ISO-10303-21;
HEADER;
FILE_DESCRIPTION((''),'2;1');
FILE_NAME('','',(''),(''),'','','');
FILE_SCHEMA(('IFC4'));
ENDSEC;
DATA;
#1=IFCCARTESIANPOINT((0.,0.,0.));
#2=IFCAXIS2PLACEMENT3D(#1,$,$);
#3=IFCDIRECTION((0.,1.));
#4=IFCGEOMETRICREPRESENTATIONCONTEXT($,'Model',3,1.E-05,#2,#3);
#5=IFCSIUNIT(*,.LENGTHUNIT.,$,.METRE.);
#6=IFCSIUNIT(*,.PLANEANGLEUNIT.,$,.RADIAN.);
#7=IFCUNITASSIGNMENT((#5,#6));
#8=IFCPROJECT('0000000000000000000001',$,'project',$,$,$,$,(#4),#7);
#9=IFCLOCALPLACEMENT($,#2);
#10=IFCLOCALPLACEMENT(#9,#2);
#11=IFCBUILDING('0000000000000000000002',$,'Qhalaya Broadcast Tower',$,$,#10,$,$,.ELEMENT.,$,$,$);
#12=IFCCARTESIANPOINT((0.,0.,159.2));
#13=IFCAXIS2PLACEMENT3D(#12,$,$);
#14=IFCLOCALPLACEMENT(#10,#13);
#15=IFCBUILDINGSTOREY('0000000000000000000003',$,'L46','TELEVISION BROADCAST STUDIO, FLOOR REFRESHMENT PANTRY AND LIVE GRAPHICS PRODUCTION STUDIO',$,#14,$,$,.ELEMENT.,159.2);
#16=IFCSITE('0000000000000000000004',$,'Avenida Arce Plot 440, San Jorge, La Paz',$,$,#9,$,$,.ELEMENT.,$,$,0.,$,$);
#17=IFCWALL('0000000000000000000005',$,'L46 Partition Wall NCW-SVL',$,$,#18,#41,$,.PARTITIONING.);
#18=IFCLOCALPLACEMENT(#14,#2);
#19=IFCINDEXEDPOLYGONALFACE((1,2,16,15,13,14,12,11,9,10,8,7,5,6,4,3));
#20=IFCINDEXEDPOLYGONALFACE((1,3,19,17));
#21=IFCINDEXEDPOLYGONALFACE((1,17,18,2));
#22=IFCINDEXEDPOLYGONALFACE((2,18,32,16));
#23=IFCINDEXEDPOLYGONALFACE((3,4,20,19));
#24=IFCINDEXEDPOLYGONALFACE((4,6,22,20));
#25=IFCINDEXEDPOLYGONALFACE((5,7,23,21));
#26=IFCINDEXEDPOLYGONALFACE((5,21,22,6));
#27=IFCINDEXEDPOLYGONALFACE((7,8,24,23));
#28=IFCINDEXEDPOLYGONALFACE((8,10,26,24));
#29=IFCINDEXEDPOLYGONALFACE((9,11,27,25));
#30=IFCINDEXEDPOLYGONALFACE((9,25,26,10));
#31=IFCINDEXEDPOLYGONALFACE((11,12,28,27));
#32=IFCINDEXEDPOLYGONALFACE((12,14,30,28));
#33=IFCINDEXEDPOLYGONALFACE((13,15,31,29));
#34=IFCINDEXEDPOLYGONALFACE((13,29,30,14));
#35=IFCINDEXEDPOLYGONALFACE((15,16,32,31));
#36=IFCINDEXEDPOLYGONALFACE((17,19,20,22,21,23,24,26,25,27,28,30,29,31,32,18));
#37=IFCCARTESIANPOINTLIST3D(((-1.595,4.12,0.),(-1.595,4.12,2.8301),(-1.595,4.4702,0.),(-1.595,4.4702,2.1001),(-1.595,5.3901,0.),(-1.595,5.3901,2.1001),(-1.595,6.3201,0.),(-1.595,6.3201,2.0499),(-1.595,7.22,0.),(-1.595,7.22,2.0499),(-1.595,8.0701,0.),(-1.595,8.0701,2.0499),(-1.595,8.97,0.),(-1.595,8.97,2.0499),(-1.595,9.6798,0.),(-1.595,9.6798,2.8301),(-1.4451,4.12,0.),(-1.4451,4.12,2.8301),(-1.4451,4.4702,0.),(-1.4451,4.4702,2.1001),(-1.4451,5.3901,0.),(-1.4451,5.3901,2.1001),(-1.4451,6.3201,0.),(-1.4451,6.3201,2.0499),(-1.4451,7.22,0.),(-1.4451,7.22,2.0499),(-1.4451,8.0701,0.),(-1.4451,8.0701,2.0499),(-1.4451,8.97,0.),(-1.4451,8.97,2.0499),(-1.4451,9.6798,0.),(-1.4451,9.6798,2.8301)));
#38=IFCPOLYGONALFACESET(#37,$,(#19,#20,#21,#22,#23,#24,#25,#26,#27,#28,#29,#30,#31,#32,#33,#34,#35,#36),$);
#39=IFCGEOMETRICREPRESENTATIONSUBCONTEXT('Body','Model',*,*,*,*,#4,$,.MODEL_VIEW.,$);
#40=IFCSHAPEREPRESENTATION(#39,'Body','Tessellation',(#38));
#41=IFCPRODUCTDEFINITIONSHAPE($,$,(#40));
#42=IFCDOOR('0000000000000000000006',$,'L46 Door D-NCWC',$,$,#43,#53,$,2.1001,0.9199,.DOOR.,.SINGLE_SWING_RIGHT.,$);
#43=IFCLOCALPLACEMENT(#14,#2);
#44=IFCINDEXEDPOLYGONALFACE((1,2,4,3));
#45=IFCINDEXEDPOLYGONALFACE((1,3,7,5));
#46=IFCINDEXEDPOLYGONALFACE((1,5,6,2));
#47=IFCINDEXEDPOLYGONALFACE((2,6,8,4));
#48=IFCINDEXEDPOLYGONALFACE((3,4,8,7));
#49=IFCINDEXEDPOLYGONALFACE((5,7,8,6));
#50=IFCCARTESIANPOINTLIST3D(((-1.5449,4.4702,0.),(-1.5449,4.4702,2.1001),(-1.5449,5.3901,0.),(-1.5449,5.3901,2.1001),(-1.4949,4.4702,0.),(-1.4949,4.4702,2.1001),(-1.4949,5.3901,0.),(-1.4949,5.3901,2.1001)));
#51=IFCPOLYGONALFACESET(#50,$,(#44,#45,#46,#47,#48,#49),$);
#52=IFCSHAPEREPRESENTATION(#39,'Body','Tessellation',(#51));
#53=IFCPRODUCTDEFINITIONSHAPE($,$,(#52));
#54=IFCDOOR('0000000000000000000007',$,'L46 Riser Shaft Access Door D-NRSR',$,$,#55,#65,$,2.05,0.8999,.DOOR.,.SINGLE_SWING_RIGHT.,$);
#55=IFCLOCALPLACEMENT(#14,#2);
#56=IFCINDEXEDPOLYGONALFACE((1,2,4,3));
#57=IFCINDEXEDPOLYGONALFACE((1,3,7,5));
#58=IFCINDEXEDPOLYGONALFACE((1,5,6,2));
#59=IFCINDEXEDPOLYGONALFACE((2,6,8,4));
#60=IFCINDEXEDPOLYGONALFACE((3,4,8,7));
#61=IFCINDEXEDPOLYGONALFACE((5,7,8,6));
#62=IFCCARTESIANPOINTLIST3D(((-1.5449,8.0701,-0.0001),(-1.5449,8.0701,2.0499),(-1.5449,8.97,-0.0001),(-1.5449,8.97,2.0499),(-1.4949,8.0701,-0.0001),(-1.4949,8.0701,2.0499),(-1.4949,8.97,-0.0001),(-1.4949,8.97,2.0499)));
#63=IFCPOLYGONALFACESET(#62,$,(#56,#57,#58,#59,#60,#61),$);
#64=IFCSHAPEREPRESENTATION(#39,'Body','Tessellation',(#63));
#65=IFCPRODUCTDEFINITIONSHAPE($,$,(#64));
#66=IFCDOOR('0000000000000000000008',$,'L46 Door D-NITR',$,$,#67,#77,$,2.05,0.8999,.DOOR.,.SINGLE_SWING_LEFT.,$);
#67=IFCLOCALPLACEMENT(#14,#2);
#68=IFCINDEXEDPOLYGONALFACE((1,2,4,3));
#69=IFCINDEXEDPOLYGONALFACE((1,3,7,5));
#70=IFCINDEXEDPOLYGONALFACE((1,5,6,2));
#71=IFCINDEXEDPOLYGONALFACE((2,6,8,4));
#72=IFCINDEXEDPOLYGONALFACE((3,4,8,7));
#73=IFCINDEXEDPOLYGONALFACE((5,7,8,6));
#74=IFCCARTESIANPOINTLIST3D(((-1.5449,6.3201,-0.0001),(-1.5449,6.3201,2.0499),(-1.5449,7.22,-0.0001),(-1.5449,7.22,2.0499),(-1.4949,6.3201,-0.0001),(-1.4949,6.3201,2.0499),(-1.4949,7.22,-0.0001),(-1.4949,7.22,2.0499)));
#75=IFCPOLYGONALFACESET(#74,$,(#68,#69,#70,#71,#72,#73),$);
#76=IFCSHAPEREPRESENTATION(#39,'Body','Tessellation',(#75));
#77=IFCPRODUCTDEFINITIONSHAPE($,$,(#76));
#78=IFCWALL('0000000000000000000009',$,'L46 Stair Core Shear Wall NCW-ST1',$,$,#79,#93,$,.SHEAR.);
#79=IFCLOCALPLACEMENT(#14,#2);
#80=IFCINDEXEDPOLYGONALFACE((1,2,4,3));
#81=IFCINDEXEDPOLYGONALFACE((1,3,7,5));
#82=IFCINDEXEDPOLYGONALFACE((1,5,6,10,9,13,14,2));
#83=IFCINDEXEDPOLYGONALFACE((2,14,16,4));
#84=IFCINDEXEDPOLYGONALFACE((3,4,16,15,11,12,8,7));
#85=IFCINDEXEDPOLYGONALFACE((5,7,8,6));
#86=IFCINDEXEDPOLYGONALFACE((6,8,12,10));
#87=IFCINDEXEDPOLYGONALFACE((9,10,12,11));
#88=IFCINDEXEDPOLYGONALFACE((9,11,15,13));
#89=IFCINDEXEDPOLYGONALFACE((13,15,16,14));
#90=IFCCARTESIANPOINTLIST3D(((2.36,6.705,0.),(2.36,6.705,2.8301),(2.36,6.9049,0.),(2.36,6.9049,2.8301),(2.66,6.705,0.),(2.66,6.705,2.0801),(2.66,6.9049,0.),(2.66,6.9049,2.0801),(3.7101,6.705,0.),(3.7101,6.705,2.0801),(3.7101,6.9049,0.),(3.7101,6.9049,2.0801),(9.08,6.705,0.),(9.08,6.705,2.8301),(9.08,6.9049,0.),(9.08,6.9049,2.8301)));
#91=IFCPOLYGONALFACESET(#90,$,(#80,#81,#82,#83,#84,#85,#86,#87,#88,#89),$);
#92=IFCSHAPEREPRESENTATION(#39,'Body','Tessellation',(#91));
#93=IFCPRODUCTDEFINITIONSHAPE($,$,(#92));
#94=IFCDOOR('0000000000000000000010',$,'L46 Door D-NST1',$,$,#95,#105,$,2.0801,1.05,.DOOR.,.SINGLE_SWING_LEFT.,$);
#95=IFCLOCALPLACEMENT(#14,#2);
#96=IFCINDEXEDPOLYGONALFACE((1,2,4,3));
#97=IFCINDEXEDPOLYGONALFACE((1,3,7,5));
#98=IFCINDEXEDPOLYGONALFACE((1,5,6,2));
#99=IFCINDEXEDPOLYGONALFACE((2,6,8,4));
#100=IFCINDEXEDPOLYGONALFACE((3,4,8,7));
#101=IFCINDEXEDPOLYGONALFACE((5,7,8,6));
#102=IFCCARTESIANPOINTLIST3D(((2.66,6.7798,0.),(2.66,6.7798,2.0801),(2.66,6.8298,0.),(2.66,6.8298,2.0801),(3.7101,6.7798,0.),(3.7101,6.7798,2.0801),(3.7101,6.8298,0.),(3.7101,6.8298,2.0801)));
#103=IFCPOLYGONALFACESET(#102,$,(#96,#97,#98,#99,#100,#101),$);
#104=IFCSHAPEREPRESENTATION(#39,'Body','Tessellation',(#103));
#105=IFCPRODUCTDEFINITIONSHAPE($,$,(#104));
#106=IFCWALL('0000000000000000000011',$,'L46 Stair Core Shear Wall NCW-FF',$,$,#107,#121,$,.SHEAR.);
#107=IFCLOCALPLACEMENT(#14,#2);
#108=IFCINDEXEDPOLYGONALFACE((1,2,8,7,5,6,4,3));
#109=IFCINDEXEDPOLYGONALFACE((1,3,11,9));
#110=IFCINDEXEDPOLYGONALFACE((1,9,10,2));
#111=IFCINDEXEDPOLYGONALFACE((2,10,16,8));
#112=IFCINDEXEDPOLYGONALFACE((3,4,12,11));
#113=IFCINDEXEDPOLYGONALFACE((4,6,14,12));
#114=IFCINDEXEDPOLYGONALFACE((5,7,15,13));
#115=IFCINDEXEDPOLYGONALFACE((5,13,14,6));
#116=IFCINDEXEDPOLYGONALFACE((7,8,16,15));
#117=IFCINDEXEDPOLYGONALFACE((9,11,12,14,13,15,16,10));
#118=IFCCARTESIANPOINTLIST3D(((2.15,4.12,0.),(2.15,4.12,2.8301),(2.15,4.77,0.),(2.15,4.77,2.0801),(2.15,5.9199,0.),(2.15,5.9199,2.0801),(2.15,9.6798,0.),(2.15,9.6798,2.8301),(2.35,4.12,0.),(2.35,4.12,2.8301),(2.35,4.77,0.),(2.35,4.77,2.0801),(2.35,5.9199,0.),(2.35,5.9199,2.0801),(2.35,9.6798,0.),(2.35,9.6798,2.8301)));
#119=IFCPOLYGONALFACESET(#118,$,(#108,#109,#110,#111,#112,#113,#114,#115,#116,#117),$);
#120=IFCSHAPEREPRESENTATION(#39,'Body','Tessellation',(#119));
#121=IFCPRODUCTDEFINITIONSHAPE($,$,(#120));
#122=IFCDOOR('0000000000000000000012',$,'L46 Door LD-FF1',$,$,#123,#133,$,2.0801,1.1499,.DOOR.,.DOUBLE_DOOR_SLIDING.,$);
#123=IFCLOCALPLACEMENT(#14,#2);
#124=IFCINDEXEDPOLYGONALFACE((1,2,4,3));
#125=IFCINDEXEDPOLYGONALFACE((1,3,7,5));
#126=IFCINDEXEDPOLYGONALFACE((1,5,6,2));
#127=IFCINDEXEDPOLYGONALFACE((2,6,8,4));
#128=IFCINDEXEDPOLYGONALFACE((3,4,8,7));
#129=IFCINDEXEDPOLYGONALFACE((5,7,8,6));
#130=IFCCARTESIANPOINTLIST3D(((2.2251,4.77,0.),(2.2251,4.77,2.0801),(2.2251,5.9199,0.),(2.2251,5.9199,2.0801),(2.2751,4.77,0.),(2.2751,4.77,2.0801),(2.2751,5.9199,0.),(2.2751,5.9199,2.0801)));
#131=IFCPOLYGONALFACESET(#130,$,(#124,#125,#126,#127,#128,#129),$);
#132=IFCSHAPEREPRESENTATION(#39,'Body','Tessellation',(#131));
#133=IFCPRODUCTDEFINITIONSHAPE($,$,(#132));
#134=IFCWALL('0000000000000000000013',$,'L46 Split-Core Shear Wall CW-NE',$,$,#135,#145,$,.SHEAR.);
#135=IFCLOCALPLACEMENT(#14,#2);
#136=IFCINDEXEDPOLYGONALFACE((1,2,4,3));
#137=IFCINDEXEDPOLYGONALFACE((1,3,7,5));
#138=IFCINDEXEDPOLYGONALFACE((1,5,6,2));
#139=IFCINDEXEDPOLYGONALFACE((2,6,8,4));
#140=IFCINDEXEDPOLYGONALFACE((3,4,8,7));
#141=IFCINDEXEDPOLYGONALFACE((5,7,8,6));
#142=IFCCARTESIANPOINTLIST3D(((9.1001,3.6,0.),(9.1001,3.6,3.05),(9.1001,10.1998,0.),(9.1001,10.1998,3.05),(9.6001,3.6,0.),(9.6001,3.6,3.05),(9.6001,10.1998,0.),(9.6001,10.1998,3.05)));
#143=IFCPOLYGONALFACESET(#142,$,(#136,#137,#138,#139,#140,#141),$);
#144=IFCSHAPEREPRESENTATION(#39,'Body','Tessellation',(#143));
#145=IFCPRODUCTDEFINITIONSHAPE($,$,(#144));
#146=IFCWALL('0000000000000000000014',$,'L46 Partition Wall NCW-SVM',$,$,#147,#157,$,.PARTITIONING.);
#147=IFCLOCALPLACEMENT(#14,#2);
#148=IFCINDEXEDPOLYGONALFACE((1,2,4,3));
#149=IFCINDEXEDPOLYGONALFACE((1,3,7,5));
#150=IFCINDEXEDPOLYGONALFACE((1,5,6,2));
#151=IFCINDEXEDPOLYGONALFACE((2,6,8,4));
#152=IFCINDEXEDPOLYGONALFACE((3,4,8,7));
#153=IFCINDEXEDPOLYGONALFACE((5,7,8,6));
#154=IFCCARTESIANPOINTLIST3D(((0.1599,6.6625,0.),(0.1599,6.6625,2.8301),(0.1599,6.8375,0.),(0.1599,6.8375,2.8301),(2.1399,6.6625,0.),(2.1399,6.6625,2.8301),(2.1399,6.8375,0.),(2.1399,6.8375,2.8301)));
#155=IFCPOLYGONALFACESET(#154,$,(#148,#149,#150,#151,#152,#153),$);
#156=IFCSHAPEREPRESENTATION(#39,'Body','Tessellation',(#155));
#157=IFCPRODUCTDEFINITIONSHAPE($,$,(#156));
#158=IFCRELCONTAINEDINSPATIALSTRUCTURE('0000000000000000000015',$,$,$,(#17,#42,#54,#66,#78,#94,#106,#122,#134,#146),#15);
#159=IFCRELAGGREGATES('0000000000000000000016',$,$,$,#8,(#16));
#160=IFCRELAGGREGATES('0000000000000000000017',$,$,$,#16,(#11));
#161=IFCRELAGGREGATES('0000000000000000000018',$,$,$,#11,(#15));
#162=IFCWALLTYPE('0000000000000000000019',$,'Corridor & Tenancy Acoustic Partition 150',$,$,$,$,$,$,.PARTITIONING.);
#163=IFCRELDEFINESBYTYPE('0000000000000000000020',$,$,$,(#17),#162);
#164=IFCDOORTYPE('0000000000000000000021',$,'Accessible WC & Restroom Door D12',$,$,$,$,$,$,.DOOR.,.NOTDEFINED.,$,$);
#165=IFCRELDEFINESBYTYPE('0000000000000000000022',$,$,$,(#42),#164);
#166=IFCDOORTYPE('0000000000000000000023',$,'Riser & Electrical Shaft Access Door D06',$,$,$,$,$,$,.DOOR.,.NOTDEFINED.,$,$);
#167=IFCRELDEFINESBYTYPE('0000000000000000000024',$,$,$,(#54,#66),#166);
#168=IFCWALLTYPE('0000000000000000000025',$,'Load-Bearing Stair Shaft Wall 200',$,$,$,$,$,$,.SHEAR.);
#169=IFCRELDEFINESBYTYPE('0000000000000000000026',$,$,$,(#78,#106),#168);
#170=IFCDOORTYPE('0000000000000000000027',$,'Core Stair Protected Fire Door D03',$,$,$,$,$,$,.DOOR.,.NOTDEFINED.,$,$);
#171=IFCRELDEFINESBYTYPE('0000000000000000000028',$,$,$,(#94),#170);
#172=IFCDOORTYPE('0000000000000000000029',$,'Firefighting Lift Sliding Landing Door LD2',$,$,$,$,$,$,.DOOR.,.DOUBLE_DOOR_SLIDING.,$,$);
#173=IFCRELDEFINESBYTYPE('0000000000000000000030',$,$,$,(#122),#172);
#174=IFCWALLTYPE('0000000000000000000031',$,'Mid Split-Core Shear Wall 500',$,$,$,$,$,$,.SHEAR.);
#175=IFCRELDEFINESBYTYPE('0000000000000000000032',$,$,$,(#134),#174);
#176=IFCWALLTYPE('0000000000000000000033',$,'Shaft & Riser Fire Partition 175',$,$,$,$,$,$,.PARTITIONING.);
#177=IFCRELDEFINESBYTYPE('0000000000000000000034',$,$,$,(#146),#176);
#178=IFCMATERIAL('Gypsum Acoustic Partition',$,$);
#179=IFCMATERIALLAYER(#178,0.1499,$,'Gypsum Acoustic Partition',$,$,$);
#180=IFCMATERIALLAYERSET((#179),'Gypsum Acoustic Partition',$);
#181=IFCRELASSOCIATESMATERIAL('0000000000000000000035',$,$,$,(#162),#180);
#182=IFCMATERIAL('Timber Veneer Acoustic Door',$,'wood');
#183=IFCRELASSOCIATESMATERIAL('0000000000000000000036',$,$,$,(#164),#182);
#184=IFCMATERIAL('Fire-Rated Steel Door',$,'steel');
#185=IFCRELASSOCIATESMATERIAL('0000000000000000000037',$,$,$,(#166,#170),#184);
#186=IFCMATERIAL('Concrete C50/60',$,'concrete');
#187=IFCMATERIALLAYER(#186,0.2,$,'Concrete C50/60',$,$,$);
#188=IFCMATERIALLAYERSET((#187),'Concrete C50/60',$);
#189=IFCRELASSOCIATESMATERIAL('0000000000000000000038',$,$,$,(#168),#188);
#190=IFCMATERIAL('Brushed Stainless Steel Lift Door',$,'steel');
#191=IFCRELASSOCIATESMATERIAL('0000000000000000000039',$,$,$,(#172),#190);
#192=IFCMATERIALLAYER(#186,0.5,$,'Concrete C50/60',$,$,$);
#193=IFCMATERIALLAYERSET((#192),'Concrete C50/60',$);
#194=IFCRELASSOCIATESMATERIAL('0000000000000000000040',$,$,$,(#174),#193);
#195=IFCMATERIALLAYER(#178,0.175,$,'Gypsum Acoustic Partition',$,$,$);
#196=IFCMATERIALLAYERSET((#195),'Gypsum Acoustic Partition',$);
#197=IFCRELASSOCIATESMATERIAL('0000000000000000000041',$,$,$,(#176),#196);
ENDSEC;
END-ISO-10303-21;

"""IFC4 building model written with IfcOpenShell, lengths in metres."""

from ifc_helpers import new_model, si_unit, direction, frame, frame_2d, origin, place, context, subcontext, project, spatial, rectangle, extrude, material, layer, layer_set, type_object, element, fill, save


model = new_model("IFC4")

# Units and contexts
model_context = context("Model", 3, precision=1e-05, world=origin(), true_north=direction((0.0, 1.0)))
body_context = subcontext(model_context, "Body", "Model", "MODEL_VIEW")
ifc_project = project(units=[si_unit("LENGTHUNIT", "METRE"), si_unit("PLANEANGLEUNIT", "RADIAN")], contexts=[model_context])

# Site, building, storey
site_placement = place(None, origin())
site = spatial("IfcSite", under=ifc_project, at=site_placement, Name="Avenida Arce Plot 440, San Jorge, La Paz", CompositionType="ELEMENT", RefElevation=0.0)
building_placement = place(site_placement, origin())
building = spatial("IfcBuilding", under=site, at=building_placement, Name="Qhalaya Broadcast Tower", CompositionType="ELEMENT")
storey_placement = place(building_placement, frame((0.0, 0.0, 159.2)))
storey = spatial("IfcBuildingStorey", under=building, at=storey_placement, Name="L46", Description="TELEVISION BROADCAST STUDIO, FLOOR REFRESHMENT PANTRY AND LIVE GRAPHICS PRODUCTION STUDIO", CompositionType="ELEMENT", Elevation=159.2)

# Shared definitions
ifc_material_1 = material(Name="Concrete C50/60", Category="concrete")

# Wall, openings, doors
ifc_material_2 = material(Name="Gypsum Acoustic Partition")
ifc_layer_1 = layer(ifc_material_2, 0.1499, Name="Gypsum Acoustic Partition")
ifc_layer_set_1 = layer_set([ifc_layer_1], Name="Gypsum Acoustic Partition")
wall_type_1 = type_object("IfcWallType", Name="Corridor & Tenancy Acoustic Partition 150", PredefinedType="PARTITIONING", material=ifc_layer_set_1)
wall_1_placement = place(storey_placement, frame((-1.52, 4.1201, 0.0), z_axis=(0.0, 0.0, 1.0), x_axis=(0.0, 1.0, 0.0)))
wall_1 = element("IfcWall", 1, at=wall_1_placement, inside=storey, type_object=wall_type_1, Name="L46 Partition Wall NCW-SVL", PredefinedType="PARTITIONING", context=body_context, shape_type="SweptSolid", body=[
    extrude(rectangle(XDim=5.5598, YDim=0.1499, at=frame_2d((2.7798, 0.0))), origin(), (0.0, 0.0, 1.0), 2.8301),
])
opening_1_placement = place(wall_1_placement, frame((3.95, 0.0, 0.0)))
opening_1 = element("IfcOpeningElement", 2, at=opening_1_placement, cuts=wall_1, PredefinedType="OPENING", context=body_context, shape_type="SweptSolid", body=[
    extrude(rectangle(XDim=0.8999, YDim=2.05, at=frame_2d((0.45, 1.0249))), frame((0.0, 0.0869, 0.0), z_axis=(0.0, -1.0, 0.0), x_axis=(1.0, 0.0, 0.0)), (0.0, 0.0, 1.0), 0.1738),
])
opening_2_placement = place(wall_1_placement, frame((2.2, 0.0, 0.0)))
opening_2 = element("IfcOpeningElement", 3, at=opening_2_placement, cuts=wall_1, PredefinedType="OPENING", context=body_context, shape_type="SweptSolid", body=[
    extrude(rectangle(XDim=0.8999, YDim=2.05, at=frame_2d((0.45, 1.0249))), frame((0.0, 0.0869, 0.0), z_axis=(0.0, -1.0, 0.0), x_axis=(1.0, 0.0, 0.0)), (0.0, 0.0, 1.0), 0.1738),
])
opening_3_placement = place(wall_1_placement, frame((0.3501, 0.0, 0.0)))
opening_3 = element("IfcOpeningElement", 4, at=opening_3_placement, cuts=wall_1, PredefinedType="OPENING", context=body_context, shape_type="SweptSolid", body=[
    extrude(rectangle(XDim=0.9199, YDim=2.1001, at=frame_2d((0.46, 1.05))), frame((0.0, 0.0869, 0.0), z_axis=(0.0, -1.0, 0.0), x_axis=(1.0, 0.0, 0.0)), (0.0, 0.0, 1.0), 0.1738),
])
ifc_material_3 = material(Name="Timber Veneer Acoustic Door", Category="wood")
door_type_1 = type_object("IfcDoorType", Name="Accessible WC & Restroom Door D12", OperationType="NOTDEFINED", PredefinedType="DOOR", material=ifc_material_3)
door_1_placement = place(opening_3_placement, origin())
door_1 = element("IfcDoor", 5, at=door_1_placement, inside=storey, type_object=door_type_1, Name="L46 Door D-NCWC", OperationType="SINGLE_SWING_RIGHT", OverallHeight=2.1001, OverallWidth=0.9199, PredefinedType="DOOR", context=body_context, shape_type="SweptSolid", body=[
    extrude(rectangle(XDim=0.9199, YDim=2.1001, at=frame_2d((0.46, 1.05))), frame((0.0, 0.0249, 0.0), z_axis=(0.0, -1.0, 0.0), x_axis=(1.0, 0.0, 0.0)), (0.0, 0.0, 1.0), 0.05),
])
fill(opening_3, door_1)
ifc_material_4 = material(Name="Fire-Rated Steel Door", Category="steel")
door_type_2 = type_object("IfcDoorType", Name="Riser & Electrical Shaft Access Door D06", OperationType="NOTDEFINED", PredefinedType="DOOR", material=ifc_material_4)
door_2_placement = place(opening_1_placement, origin())
door_2 = element("IfcDoor", 6, at=door_2_placement, inside=storey, type_object=door_type_2, Name="L46 Riser Shaft Access Door D-NRSR", OperationType="SINGLE_SWING_RIGHT", OverallHeight=2.05, OverallWidth=0.8999, PredefinedType="DOOR", context=body_context, shape_type="SweptSolid", body=[
    extrude(rectangle(XDim=0.8999, YDim=2.05, at=frame_2d((0.45, 1.0249))), frame((0.0, 0.0249, 0.0), z_axis=(0.0, -1.0, 0.0), x_axis=(1.0, 0.0, 0.0)), (0.0, 0.0, 1.0), 0.05),
])
fill(opening_1, door_2)
door_3_placement = place(opening_2_placement, origin())
door_3 = element("IfcDoor", 7, at=door_3_placement, inside=storey, type_object=door_type_2, Name="L46 Door D-NITR", OperationType="SINGLE_SWING_LEFT", OverallHeight=2.05, OverallWidth=0.8999, PredefinedType="DOOR", context=body_context, shape_type="SweptSolid", body=[
    extrude(rectangle(XDim=0.8999, YDim=2.05, at=frame_2d((0.45, 1.0249))), frame((0.0, 0.0249, 0.0), z_axis=(0.0, -1.0, 0.0), x_axis=(1.0, 0.0, 0.0)), (0.0, 0.0, 1.0), 0.05),
])
fill(opening_2, door_3)

# Walls, openings, doors
ifc_layer_2 = layer(ifc_material_1, 0.2, Name="Concrete C50/60")
ifc_layer_set_2 = layer_set([ifc_layer_2], Name="Concrete C50/60")
wall_type_2 = type_object("IfcWallType", Name="Load-Bearing Stair Shaft Wall 200", PredefinedType="SHEAR", material=ifc_layer_set_2)
wall_2_placement = place(storey_placement, frame((2.3601, 6.8049, 0.0), z_axis=(0.0, 0.0, 1.0), x_axis=(1.0, 0.0, 0.0)))
wall_2 = element("IfcWall", 8, at=wall_2_placement, inside=storey, type_object=wall_type_2, Name="L46 Stair Core Shear Wall NCW-ST1", PredefinedType="SHEAR", context=body_context, shape_type="SweptSolid", body=[
    extrude(rectangle(XDim=6.72, YDim=0.2, at=frame_2d((3.3599, 0.0))), origin(), (0.0, 0.0, 1.0), 2.8301),
])
opening_4_placement = place(wall_2_placement, frame((0.3, 0.0, 0.0)))
opening_4 = element("IfcOpeningElement", 9, at=opening_4_placement, cuts=wall_2, PredefinedType="OPENING", context=body_context, shape_type="SweptSolid", body=[
    extrude(rectangle(XDim=1.05, YDim=2.0801, at=frame_2d((0.5249, 1.04))), frame((0.0, 0.1121, 0.0), z_axis=(0.0, -1.0, 0.0), x_axis=(1.0, 0.0, 0.0)), (0.0, 0.0, 1.0), 0.2239),
])
door_type_3 = type_object("IfcDoorType", Name="Core Stair Protected Fire Door D03", OperationType="NOTDEFINED", PredefinedType="DOOR", material=ifc_material_4)
door_4_placement = place(opening_4_placement, origin())
door_4 = element("IfcDoor", 10, at=door_4_placement, inside=storey, type_object=door_type_3, Name="L46 Door D-NST1", OperationType="SINGLE_SWING_LEFT", OverallHeight=2.0801, OverallWidth=1.05, PredefinedType="DOOR", context=body_context, shape_type="SweptSolid", body=[
    extrude(rectangle(XDim=1.05, YDim=2.0801, at=frame_2d((0.5249, 1.04))), frame((0.0, 0.0249, 0.0), z_axis=(0.0, -1.0, 0.0), x_axis=(1.0, 0.0, 0.0)), (0.0, 0.0, 1.0), 0.05),
])
fill(opening_4, door_4)
wall_3_placement = place(storey_placement, frame((2.25, 4.1201, 0.0), z_axis=(0.0, 0.0, 1.0), x_axis=(0.0, 1.0, 0.0)))
wall_3 = element("IfcWall", 11, at=wall_3_placement, inside=storey, type_object=wall_type_2, Name="L46 Stair Core Shear Wall NCW-FF", PredefinedType="SHEAR", context=body_context, shape_type="SweptSolid", body=[
    extrude(rectangle(XDim=5.5598, YDim=0.2, at=frame_2d((2.7798, 0.0))), origin(), (0.0, 0.0, 1.0), 2.8301),
])
opening_5_placement = place(wall_3_placement, frame((0.6499, 0.0, 0.0)))
opening_5 = element("IfcOpeningElement", 12, at=opening_5_placement, cuts=wall_3, PredefinedType="OPENING", context=body_context, shape_type="SweptSolid", body=[
    extrude(rectangle(XDim=1.1499, YDim=2.0801, at=frame_2d((0.575, 1.04))), frame((0.0, 0.1121, 0.0), z_axis=(0.0, -1.0, 0.0), x_axis=(1.0, 0.0, 0.0)), (0.0, 0.0, 1.0), 0.2239),
])
ifc_material_5 = material(Name="Brushed Stainless Steel Lift Door", Category="steel")
door_type_4 = type_object("IfcDoorType", Name="Firefighting Lift Sliding Landing Door LD2", OperationType="DOUBLE_DOOR_SLIDING", PredefinedType="DOOR", material=ifc_material_5)
door_5_placement = place(opening_5_placement, origin())
door_5 = element("IfcDoor", 13, at=door_5_placement, inside=storey, type_object=door_type_4, Name="L46 Door LD-FF1", OperationType="DOUBLE_DOOR_SLIDING", OverallHeight=2.0801, OverallWidth=1.1499, PredefinedType="DOOR", context=body_context, shape_type="SweptSolid", body=[
    extrude(rectangle(XDim=1.1499, YDim=2.0801, at=frame_2d((0.575, 1.04))), frame((0.0, 0.0249, 0.0), z_axis=(0.0, -1.0, 0.0), x_axis=(1.0, 0.0, 0.0)), (0.0, 0.0, 1.0), 0.05),
])
fill(opening_5, door_5)

# Wall
ifc_layer_3 = layer(ifc_material_1, 0.5, Name="Concrete C50/60")
ifc_layer_set_3 = layer_set([ifc_layer_3], Name="Concrete C50/60")
wall_type_3 = type_object("IfcWallType", Name="Mid Split-Core Shear Wall 500", PredefinedType="SHEAR", material=ifc_layer_set_3)
wall_4_placement = place(storey_placement, frame((9.3501, 3.6001, 0.0), z_axis=(0.0, 0.0, 1.0), x_axis=(0.0, 1.0, 0.0)))
element("IfcWall", 14, at=wall_4_placement, inside=storey, type_object=wall_type_3, Name="L46 Split-Core Shear Wall CW-NE", PredefinedType="SHEAR", context=body_context, shape_type="SweptSolid", body=[
    extrude(rectangle(XDim=6.5999, YDim=0.5, at=frame_2d((3.2998, 0.0))), origin(), (0.0, 0.0, 1.0), 3.05),
])

# Shared definitions
ifc_layer_4 = layer(ifc_material_2, 0.175, Name="Gypsum Acoustic Partition")
ifc_layer_set_4 = layer_set([ifc_layer_4], Name="Gypsum Acoustic Partition")
wall_type_4 = type_object("IfcWallType", Name="Shaft & Riser Fire Partition 175", PredefinedType="PARTITIONING", material=ifc_layer_set_4)

# Wall
wall_5_placement = place(storey_placement, frame((0.1599, 6.75, 0.0), z_axis=(0.0, 0.0, 1.0), x_axis=(1.0, 0.0, 0.0)))
element("IfcWall", 15, at=wall_5_placement, inside=storey, type_object=wall_type_4, Name="L46 Partition Wall NCW-SVM", PredefinedType="PARTITIONING", context=body_context, shape_type="SweptSolid", body=[
    extrude(rectangle(XDim=1.98, YDim=0.175, at=frame_2d((0.99, 0.0))), origin(), (0.0, 0.0, 1.0), 2.8301),
])

save(model, "model.ifc")
